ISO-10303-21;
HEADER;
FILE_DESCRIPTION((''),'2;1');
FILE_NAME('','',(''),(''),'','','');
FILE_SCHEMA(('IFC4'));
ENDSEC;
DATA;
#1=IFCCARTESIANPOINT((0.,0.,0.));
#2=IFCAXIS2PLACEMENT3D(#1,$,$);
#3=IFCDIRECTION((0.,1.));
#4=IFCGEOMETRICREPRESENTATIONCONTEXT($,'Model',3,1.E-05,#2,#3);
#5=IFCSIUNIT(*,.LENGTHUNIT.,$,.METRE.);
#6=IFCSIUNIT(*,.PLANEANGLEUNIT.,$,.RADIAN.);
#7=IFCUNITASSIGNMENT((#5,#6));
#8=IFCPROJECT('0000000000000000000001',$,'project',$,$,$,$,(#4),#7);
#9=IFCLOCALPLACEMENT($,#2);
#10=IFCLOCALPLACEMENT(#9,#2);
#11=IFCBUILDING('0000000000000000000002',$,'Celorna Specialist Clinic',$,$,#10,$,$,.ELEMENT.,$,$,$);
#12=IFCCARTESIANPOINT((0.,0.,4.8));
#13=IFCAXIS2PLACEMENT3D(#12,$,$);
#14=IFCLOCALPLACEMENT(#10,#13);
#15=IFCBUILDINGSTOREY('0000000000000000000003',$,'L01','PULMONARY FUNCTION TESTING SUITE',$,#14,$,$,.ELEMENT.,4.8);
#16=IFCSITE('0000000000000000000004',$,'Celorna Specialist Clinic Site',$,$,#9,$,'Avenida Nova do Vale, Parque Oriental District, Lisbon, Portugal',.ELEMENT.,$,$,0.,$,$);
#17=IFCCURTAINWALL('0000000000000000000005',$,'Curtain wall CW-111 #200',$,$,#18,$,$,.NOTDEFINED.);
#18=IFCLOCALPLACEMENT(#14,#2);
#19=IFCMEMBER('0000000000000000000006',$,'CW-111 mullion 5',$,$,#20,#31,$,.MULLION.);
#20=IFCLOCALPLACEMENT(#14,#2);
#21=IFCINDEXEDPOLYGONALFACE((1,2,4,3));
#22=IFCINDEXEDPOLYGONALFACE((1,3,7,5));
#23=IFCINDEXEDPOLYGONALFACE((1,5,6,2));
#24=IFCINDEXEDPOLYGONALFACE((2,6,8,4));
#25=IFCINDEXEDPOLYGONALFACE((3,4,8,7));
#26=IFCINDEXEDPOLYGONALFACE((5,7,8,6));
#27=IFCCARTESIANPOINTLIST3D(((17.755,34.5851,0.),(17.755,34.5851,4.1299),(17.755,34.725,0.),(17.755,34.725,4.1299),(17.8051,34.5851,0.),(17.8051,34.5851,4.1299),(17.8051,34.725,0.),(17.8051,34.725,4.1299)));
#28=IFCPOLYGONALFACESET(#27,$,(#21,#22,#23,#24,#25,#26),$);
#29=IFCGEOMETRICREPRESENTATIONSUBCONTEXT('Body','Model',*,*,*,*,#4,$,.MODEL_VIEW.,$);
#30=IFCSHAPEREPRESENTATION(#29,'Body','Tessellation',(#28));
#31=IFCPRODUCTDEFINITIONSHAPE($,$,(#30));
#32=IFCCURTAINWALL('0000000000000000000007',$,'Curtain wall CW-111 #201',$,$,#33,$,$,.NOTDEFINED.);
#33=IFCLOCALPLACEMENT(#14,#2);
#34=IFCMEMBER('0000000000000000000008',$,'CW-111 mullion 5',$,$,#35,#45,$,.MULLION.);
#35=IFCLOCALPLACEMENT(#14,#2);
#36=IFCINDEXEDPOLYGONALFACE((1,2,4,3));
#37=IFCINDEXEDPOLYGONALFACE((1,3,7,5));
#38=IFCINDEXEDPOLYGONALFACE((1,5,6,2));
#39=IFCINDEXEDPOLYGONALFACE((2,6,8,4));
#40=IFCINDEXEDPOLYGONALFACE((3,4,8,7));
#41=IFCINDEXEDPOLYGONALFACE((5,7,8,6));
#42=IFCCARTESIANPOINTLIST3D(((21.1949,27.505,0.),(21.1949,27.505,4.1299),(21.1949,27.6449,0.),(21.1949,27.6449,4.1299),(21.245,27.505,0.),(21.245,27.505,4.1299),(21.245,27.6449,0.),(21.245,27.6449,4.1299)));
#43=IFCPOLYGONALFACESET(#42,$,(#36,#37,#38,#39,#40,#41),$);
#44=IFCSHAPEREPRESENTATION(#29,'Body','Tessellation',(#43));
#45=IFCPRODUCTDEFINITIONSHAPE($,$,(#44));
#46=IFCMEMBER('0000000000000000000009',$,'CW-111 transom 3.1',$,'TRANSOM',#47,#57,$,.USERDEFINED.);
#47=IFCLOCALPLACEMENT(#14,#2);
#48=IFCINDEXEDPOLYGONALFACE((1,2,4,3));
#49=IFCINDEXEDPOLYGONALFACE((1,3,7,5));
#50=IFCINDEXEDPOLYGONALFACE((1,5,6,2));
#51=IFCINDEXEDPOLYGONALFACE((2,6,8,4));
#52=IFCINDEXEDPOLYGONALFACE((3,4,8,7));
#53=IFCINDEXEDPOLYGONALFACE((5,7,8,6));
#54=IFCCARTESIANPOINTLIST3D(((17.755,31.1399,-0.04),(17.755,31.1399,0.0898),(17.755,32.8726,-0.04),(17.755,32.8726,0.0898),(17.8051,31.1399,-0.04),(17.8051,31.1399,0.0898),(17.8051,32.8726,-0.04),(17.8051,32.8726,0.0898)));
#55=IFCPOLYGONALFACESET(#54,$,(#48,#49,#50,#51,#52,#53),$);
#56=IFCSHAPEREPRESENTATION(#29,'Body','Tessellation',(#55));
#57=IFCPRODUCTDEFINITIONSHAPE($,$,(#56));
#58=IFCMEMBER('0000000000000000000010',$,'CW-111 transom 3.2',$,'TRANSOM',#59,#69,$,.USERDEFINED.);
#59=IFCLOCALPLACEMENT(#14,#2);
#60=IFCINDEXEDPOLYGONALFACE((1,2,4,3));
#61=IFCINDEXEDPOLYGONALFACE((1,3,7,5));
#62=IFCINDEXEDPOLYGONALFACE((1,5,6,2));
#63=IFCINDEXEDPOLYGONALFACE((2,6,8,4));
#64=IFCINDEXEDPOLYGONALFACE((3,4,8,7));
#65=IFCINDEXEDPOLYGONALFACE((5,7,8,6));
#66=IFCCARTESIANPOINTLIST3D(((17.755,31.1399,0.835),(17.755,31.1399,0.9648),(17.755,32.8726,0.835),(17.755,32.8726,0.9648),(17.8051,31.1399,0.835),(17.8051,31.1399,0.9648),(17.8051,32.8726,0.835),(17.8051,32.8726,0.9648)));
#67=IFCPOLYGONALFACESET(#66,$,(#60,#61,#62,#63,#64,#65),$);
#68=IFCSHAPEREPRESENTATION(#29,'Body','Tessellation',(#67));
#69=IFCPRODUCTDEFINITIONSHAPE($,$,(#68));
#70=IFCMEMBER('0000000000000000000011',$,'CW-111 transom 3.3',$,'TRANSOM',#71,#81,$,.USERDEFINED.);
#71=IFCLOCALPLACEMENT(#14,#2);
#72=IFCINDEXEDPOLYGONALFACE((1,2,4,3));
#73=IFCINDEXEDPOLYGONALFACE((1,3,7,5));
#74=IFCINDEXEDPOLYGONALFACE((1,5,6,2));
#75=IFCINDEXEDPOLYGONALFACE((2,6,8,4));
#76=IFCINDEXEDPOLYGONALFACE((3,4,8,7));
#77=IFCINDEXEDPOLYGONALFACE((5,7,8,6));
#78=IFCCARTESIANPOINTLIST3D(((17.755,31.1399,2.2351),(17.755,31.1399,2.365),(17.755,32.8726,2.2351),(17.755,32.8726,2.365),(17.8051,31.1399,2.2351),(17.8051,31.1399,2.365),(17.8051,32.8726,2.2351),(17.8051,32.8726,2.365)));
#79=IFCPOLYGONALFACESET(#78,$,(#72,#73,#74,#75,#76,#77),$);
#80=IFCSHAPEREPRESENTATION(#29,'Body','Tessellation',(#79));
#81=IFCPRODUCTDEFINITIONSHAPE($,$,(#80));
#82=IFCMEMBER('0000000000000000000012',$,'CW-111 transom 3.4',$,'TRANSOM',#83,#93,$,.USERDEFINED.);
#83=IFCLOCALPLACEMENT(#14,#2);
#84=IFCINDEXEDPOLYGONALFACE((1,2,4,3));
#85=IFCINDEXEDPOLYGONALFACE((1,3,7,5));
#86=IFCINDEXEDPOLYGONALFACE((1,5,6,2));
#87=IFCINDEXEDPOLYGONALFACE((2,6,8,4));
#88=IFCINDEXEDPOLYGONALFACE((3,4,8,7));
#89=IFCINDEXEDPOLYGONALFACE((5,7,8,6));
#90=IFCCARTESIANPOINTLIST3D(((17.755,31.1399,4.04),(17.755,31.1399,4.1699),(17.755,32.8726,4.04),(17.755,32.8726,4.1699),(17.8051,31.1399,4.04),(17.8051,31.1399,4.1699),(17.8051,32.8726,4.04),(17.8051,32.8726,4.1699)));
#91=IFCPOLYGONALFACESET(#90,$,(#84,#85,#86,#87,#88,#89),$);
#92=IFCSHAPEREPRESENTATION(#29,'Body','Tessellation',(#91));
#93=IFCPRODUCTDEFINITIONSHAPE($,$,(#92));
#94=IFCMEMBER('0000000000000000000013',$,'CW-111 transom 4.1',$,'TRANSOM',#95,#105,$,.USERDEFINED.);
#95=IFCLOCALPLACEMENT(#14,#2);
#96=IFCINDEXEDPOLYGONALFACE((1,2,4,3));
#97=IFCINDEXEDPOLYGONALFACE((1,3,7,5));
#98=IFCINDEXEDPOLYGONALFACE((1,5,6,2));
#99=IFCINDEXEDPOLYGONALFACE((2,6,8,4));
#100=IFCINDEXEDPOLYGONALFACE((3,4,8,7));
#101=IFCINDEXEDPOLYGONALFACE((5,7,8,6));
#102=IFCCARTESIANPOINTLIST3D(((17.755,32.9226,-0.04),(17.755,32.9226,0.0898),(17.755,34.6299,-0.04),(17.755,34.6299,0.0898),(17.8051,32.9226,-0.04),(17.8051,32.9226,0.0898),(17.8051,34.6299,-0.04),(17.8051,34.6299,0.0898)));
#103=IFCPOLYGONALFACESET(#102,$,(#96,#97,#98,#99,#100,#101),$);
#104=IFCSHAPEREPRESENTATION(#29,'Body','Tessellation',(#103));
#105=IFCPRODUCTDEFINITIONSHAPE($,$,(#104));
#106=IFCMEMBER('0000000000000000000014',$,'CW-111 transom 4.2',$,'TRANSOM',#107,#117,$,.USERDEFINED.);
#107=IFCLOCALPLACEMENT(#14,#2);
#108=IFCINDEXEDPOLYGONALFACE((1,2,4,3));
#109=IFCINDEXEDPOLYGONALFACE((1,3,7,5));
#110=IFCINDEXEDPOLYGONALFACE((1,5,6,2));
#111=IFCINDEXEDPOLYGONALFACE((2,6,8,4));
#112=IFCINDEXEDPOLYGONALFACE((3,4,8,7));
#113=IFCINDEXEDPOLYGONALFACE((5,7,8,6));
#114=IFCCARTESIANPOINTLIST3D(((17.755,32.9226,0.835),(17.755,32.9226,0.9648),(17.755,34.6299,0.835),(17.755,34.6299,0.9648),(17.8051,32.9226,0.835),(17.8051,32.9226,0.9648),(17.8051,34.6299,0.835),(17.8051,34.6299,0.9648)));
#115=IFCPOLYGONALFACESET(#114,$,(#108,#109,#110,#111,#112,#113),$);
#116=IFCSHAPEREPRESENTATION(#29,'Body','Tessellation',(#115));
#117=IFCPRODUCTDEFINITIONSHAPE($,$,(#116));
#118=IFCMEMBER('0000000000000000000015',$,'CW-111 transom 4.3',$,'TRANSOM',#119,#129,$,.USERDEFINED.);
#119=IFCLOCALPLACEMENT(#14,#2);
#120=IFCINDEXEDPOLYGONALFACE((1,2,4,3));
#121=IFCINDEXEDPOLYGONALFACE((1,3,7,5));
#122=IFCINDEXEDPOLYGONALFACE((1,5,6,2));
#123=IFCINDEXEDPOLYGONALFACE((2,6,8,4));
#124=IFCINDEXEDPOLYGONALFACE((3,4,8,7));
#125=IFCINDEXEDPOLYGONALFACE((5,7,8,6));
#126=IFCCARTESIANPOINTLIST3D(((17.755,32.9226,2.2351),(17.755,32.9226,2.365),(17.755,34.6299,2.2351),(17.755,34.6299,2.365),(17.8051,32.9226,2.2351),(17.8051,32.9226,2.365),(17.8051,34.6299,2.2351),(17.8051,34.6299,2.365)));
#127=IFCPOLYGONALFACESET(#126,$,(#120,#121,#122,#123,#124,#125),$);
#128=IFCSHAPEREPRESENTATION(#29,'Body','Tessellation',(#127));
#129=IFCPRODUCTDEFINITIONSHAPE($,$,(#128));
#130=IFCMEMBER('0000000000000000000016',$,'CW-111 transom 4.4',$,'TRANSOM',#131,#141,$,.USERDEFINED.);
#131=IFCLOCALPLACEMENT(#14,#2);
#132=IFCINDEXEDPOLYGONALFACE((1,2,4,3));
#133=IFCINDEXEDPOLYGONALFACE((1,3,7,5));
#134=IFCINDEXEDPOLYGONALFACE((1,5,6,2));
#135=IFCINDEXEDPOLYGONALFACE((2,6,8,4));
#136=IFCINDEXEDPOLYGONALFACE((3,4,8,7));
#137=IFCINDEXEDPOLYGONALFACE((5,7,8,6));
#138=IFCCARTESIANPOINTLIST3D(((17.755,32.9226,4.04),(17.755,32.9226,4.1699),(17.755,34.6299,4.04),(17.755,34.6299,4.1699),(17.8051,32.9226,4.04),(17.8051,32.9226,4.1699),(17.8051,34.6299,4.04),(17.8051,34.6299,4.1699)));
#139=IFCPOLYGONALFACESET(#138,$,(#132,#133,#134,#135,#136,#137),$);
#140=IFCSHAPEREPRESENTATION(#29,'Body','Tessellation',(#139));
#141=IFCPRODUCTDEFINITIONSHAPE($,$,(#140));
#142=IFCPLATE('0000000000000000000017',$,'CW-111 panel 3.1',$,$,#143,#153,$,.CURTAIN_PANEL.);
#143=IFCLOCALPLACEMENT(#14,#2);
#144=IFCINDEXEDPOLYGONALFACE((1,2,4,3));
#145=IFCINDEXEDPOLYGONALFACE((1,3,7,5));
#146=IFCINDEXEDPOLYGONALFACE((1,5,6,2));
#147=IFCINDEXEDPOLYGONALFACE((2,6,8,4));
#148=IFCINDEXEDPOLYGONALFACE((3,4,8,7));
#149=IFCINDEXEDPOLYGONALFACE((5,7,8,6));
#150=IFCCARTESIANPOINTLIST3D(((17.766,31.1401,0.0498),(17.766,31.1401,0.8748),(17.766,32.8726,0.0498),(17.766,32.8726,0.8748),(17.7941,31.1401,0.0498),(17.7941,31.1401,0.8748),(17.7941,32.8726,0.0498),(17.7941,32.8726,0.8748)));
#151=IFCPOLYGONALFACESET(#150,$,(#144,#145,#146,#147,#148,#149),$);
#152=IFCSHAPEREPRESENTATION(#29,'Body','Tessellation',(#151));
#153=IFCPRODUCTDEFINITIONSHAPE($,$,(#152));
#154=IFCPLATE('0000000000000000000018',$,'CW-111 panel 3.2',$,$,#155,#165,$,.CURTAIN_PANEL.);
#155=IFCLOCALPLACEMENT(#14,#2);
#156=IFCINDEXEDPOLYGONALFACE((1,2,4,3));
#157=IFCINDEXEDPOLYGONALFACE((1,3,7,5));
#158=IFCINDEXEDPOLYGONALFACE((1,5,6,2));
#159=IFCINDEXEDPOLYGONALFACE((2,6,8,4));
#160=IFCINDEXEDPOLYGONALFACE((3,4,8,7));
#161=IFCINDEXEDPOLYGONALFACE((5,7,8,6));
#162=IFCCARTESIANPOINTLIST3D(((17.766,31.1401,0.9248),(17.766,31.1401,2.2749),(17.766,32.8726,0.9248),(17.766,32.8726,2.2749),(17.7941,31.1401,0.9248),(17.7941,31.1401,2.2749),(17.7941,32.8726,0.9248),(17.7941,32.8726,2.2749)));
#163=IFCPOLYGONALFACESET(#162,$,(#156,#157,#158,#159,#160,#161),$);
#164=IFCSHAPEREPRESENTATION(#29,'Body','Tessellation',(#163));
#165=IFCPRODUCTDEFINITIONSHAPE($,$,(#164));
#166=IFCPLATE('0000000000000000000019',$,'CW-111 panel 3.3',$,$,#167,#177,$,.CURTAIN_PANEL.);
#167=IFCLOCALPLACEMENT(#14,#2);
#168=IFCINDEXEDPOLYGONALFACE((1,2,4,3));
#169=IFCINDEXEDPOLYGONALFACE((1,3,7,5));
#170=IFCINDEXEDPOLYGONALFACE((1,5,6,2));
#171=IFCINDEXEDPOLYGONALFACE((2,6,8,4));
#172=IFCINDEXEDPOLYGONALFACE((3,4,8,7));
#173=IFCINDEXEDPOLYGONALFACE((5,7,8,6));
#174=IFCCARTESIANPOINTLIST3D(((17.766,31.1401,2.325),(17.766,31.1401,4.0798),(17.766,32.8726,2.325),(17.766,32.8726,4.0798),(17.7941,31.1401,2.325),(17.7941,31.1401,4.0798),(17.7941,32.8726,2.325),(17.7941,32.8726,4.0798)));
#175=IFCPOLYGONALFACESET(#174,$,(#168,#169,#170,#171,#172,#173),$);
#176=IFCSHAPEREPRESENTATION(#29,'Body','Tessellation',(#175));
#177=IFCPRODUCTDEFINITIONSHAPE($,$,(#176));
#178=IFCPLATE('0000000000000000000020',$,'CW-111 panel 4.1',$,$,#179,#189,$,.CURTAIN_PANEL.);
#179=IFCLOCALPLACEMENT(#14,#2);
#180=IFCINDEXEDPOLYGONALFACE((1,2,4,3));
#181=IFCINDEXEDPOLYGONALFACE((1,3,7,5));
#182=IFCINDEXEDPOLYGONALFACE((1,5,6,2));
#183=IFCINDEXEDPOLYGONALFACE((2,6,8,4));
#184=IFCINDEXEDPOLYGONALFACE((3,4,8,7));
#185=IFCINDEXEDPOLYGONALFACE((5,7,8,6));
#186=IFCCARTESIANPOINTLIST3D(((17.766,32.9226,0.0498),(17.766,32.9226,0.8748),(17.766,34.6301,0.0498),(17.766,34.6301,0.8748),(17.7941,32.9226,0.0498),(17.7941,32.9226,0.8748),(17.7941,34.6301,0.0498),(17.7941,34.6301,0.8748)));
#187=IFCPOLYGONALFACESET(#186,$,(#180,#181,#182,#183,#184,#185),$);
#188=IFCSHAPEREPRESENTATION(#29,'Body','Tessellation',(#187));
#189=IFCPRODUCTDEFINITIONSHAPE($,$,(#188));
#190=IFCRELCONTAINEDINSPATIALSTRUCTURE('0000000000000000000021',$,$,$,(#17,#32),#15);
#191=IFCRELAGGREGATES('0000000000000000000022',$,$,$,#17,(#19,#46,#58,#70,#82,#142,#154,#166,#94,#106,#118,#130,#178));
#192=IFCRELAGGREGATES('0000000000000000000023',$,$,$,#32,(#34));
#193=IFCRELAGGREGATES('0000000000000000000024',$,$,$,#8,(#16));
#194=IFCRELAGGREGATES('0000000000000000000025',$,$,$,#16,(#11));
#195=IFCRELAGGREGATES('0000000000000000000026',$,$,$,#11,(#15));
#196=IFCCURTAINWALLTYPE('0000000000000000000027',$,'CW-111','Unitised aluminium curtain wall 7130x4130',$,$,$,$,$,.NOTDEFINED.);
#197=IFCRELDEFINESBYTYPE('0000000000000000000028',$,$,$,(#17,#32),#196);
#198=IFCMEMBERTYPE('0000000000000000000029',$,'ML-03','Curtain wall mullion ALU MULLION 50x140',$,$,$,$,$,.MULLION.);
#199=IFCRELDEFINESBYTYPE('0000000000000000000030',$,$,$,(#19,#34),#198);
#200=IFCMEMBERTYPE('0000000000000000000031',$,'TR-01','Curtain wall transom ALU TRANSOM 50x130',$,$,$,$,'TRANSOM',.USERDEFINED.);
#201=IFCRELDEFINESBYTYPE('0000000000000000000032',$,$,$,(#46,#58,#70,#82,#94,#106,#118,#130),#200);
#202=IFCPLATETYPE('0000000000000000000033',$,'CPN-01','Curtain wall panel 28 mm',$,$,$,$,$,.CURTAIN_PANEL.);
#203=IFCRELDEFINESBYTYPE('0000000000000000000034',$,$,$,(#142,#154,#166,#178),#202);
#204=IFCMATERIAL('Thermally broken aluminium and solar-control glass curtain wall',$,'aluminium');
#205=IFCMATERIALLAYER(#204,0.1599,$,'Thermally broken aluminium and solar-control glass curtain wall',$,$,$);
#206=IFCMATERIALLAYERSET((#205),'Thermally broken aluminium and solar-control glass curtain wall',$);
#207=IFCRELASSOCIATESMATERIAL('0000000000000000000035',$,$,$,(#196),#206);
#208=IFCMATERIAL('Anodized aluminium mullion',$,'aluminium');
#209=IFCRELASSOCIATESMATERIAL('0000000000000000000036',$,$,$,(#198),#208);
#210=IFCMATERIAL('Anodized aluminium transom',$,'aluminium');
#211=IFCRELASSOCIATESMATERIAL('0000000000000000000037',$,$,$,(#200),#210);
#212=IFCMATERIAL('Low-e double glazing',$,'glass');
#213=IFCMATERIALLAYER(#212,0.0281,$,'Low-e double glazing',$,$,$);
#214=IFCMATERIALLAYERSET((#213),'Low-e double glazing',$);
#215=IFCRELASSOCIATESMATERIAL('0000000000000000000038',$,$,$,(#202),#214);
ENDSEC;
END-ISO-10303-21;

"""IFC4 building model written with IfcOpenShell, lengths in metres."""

from ifc_helpers import new_model, si_unit, direction, frame, origin, origin_2d, place, context, subcontext, project, spatial, rectangle, extrude, material, layer, layer_set, material_profile, profile_set, type_object, element, aggregate, save


model = new_model("IFC4")

# Units and contexts
model_context = context("Model", 3, precision=1e-05, world=origin(), true_north=direction((0.0, 1.0)))
body_context = subcontext(model_context, "Body", "Model", "MODEL_VIEW")
ifc_project = project(units=[si_unit("LENGTHUNIT", "METRE"), si_unit("PLANEANGLEUNIT", "RADIAN")], contexts=[model_context])

# Site, building, storey
site_placement = place(None, origin())
site = spatial("IfcSite", under=ifc_project, at=site_placement, Name="Celorna Specialist Clinic Site", LongName="Avenida Nova do Vale, Parque Oriental District, Lisbon, Portugal", CompositionType="ELEMENT", RefElevation=0.0)
building_placement = place(site_placement, origin())
building = spatial("IfcBuilding", under=site, at=building_placement, Name="Celorna Specialist Clinic", CompositionType="ELEMENT")
storey_placement = place(building_placement, frame((0.0, 0.0, 4.8)))
storey = spatial("IfcBuildingStorey", under=building, at=storey_placement, Name="L01", Description="PULMONARY FUNCTION TESTING SUITE", CompositionType="ELEMENT", Elevation=4.8)

# Curtain wall, member
ifc_material_1 = material(Name="Thermally broken aluminium and solar-control glass curtain wall", Category="aluminium")
ifc_layer_1 = layer(ifc_material_1, 0.1599, Name="Thermally broken aluminium and solar-control glass curtain wall")
ifc_layer_set_1 = layer_set([ifc_layer_1], Name="Thermally broken aluminium and solar-control glass curtain wall")
curtain_wall_type = type_object("IfcCurtainWallType", Name="CW-111", Description="Unitised aluminium curtain wall 7130x4130", PredefinedType="NOTDEFINED", material=ifc_layer_set_1)
curtain_wall_1_placement = place(storey_placement, origin())
curtain_wall_1 = element("IfcCurtainWall", 1, at=curtain_wall_1_placement, inside=storey, type_object=curtain_wall_type, Name="Curtain wall CW-111 #200", PredefinedType="NOTDEFINED")
ifc_material_2 = material(Name="Anodized aluminium mullion", Category="aluminium")
ifc_material_profile_1 = material_profile(ifc_material_2, rectangle(XDim=0.05, YDim=0.1399, at=origin_2d()), Name="ALU MULLION 50x140")
ifc_profile_set_1 = profile_set([ifc_material_profile_1], Name="Anodized aluminium mullion")
member_type_1 = type_object("IfcMemberType", Name="ML-03", Description="Curtain wall mullion ALU MULLION 50x140", PredefinedType="MULLION", material=ifc_profile_set_1)
member_1_placement = place(storey_placement, frame((17.78, 34.655, 0.0), z_axis=(0.0, 0.0, 1.0), x_axis=(-1.0, 0.0, 0.0)))
member_1 = element("IfcMember", 2, at=member_1_placement, type_object=member_type_1, Name="CW-111 mullion 5", PredefinedType="MULLION", context=body_context, shape_type="SweptSolid", body=[
    extrude(rectangle(XDim=0.05, YDim=0.1399, at=origin_2d()), origin(), (0.0, 0.0, 1.0), 4.1299),
])

# Curtain wall, member
curtain_wall_2_placement = place(storey_placement, origin())
curtain_wall_2 = element("IfcCurtainWall", 3, at=curtain_wall_2_placement, inside=storey, type_object=curtain_wall_type, Name="Curtain wall CW-111 #201", PredefinedType="NOTDEFINED")
member_2_placement = place(storey_placement, frame((21.22, 27.575, 0.0), z_axis=(0.0, 0.0, 1.0), x_axis=(1.0, 0.0, 0.0)))
member_2 = element("IfcMember", 4, at=member_2_placement, type_object=member_type_1, Name="CW-111 mullion 5", PredefinedType="MULLION", context=body_context, shape_type="SweptSolid", body=[
    extrude(rectangle(XDim=0.05, YDim=0.1399, at=origin_2d()), origin(), (0.0, 0.0, 1.0), 4.1299),
])

# Members
ifc_material_3 = material(Name="Anodized aluminium transom", Category="aluminium")
ifc_material_profile_2 = material_profile(ifc_material_3, rectangle(XDim=0.05, YDim=0.1299, at=origin_2d()), Name="ALU TRANSOM 50x130")
ifc_profile_set_2 = profile_set([ifc_material_profile_2], Name="Anodized aluminium transom")
member_type_2 = type_object("IfcMemberType", Name="TR-01", Description="Curtain wall transom ALU TRANSOM 50x130", ElementType="TRANSOM", PredefinedType="USERDEFINED", material=ifc_profile_set_2)
member_3_placement = place(storey_placement, frame((17.78, 31.1399, 0.0249), z_axis=(0.0, 1.0, 0.0), x_axis=(-1.0, 0.0, 0.0)))
member_3 = element("IfcMember", 5, at=member_3_placement, type_object=member_type_2, Name="CW-111 transom 3.1", ObjectType="TRANSOM", PredefinedType="USERDEFINED", context=body_context, shape_type="SweptSolid", body=[
    extrude(rectangle(XDim=0.05, YDim=0.1299, at=origin_2d()), origin(), (0.0, 0.0, 1.0), 1.7327),
])
member_4_placement = place(storey_placement, frame((17.78, 31.1399, 0.8999), z_axis=(0.0, 1.0, 0.0), x_axis=(-1.0, 0.0, 0.0)))
member_4 = element("IfcMember", 6, at=member_4_placement, type_object=member_type_2, Name="CW-111 transom 3.2", ObjectType="TRANSOM", PredefinedType="USERDEFINED", context=body_context, shape_type="SweptSolid", body=[
    extrude(rectangle(XDim=0.05, YDim=0.1299, at=origin_2d()), origin(), (0.0, 0.0, 1.0), 1.7327),
])
member_5_placement = place(storey_placement, frame((17.78, 31.1399, 2.3), z_axis=(0.0, 1.0, 0.0), x_axis=(-1.0, 0.0, 0.0)))
member_5 = element("IfcMember", 7, at=member_5_placement, type_object=member_type_2, Name="CW-111 transom 3.3", ObjectType="TRANSOM", PredefinedType="USERDEFINED", context=body_context, shape_type="SweptSolid", body=[
    extrude(rectangle(XDim=0.05, YDim=0.1299, at=origin_2d()), origin(), (0.0, 0.0, 1.0), 1.7327),
])
member_6_placement = place(storey_placement, frame((17.78, 31.1399, 4.105), z_axis=(0.0, 1.0, 0.0), x_axis=(-1.0, 0.0, 0.0)))
member_6 = element("IfcMember", 8, at=member_6_placement, type_object=member_type_2, Name="CW-111 transom 3.4", ObjectType="TRANSOM", PredefinedType="USERDEFINED", context=body_context, shape_type="SweptSolid", body=[
    extrude(rectangle(XDim=0.05, YDim=0.1299, at=origin_2d()), origin(), (0.0, 0.0, 1.0), 1.7327),
])
member_7_placement = place(storey_placement, frame((17.78, 32.9226, 0.0249), z_axis=(0.0, 1.0, 0.0), x_axis=(-1.0, 0.0, 0.0)))
member_7 = element("IfcMember", 9, at=member_7_placement, type_object=member_type_2, Name="CW-111 transom 4.1", ObjectType="TRANSOM", PredefinedType="USERDEFINED", context=body_context, shape_type="SweptSolid", body=[
    extrude(rectangle(XDim=0.05, YDim=0.1299, at=origin_2d()), origin(), (0.0, 0.0, 1.0), 1.7073),
])
member_8_placement = place(storey_placement, frame((17.78, 32.9226, 0.8999), z_axis=(0.0, 1.0, 0.0), x_axis=(-1.0, 0.0, 0.0)))
member_8 = element("IfcMember", 10, at=member_8_placement, type_object=member_type_2, Name="CW-111 transom 4.2", ObjectType="TRANSOM", PredefinedType="USERDEFINED", context=body_context, shape_type="SweptSolid", body=[
    extrude(rectangle(XDim=0.05, YDim=0.1299, at=origin_2d()), origin(), (0.0, 0.0, 1.0), 1.7073),
])
member_9_placement = place(storey_placement, frame((17.78, 32.9226, 2.3), z_axis=(0.0, 1.0, 0.0), x_axis=(-1.0, 0.0, 0.0)))
member_9 = element("IfcMember", 11, at=member_9_placement, type_object=member_type_2, Name="CW-111 transom 4.3", ObjectType="TRANSOM", PredefinedType="USERDEFINED", context=body_context, shape_type="SweptSolid", body=[
    extrude(rectangle(XDim=0.05, YDim=0.1299, at=origin_2d()), origin(), (0.0, 0.0, 1.0), 1.7073),
])
member_10_placement = place(storey_placement, frame((17.78, 32.9226, 4.105), z_axis=(0.0, 1.0, 0.0), x_axis=(-1.0, 0.0, 0.0)))
member_10 = element("IfcMember", 12, at=member_10_placement, type_object=member_type_2, Name="CW-111 transom 4.4", ObjectType="TRANSOM", PredefinedType="USERDEFINED", context=body_context, shape_type="SweptSolid", body=[
    extrude(rectangle(XDim=0.05, YDim=0.1299, at=origin_2d()), origin(), (0.0, 0.0, 1.0), 1.7073),
])

# Plates
ifc_material_4 = material(Name="Low-e double glazing", Category="glass")
ifc_layer_2 = layer(ifc_material_4, 0.0281, Name="Low-e double glazing")
ifc_layer_set_2 = layer_set([ifc_layer_2], Name="Low-e double glazing")
plate_type_1 = type_object("IfcPlateType", Name="CPN-01", Description="Curtain wall panel 28 mm", PredefinedType="CURTAIN_PANEL", material=ifc_layer_set_2)
plate_1_placement = place(storey_placement, frame((17.78, 32.0063, 0.0498), z_axis=(0.0, 0.0, 1.0), x_axis=(0.0, 1.0, 0.0)))
plate_1 = element("IfcPlate", 13, at=plate_1_placement, type_object=plate_type_1, Name="CW-111 panel 3.1", PredefinedType="CURTAIN_PANEL", context=body_context, shape_type="SweptSolid", body=[
    extrude(rectangle(XDim=1.7324, YDim=0.0281, at=origin_2d()), origin(), (0.0, 0.0, 1.0), 0.825),
])
plate_2_placement = place(storey_placement, frame((17.78, 32.0063, 0.9248), z_axis=(0.0, 0.0, 1.0), x_axis=(0.0, 1.0, 0.0)))
plate_2 = element("IfcPlate", 14, at=plate_2_placement, type_object=plate_type_1, Name="CW-111 panel 3.2", PredefinedType="CURTAIN_PANEL", context=body_context, shape_type="SweptSolid", body=[
    extrude(rectangle(XDim=1.7324, YDim=0.0281, at=origin_2d()), origin(), (0.0, 0.0, 1.0), 1.3501),
])
plate_3_placement = place(storey_placement, frame((17.78, 32.0063, 2.325), z_axis=(0.0, 0.0, 1.0), x_axis=(0.0, 1.0, 0.0)))
plate_3 = element("IfcPlate", 15, at=plate_3_placement, type_object=plate_type_1, Name="CW-111 panel 3.3", PredefinedType="CURTAIN_PANEL", context=body_context, shape_type="SweptSolid", body=[
    extrude(rectangle(XDim=1.7324, YDim=0.0281, at=origin_2d()), origin(), (0.0, 0.0, 1.0), 1.7549),
])
plate_4_placement = place(storey_placement, frame((17.78, 33.7764, 0.0498), z_axis=(0.0, 0.0, 1.0), x_axis=(0.0, 1.0, 0.0)))
plate_4 = element("IfcPlate", 16, at=plate_4_placement, type_object=plate_type_1, Name="CW-111 panel 4.1", PredefinedType="CURTAIN_PANEL", context=body_context, shape_type="SweptSolid", body=[
    extrude(rectangle(XDim=1.7075, YDim=0.0281, at=origin_2d()), origin(), (0.0, 0.0, 1.0), 0.825),
])
aggregate(curtain_wall_1, [member_1, member_3, member_4, member_5, member_6, plate_1, plate_2, plate_3, member_7, member_8, member_9, member_10, plate_4])
aggregate(curtain_wall_2, [member_2])

save(model, "model.ifc")
